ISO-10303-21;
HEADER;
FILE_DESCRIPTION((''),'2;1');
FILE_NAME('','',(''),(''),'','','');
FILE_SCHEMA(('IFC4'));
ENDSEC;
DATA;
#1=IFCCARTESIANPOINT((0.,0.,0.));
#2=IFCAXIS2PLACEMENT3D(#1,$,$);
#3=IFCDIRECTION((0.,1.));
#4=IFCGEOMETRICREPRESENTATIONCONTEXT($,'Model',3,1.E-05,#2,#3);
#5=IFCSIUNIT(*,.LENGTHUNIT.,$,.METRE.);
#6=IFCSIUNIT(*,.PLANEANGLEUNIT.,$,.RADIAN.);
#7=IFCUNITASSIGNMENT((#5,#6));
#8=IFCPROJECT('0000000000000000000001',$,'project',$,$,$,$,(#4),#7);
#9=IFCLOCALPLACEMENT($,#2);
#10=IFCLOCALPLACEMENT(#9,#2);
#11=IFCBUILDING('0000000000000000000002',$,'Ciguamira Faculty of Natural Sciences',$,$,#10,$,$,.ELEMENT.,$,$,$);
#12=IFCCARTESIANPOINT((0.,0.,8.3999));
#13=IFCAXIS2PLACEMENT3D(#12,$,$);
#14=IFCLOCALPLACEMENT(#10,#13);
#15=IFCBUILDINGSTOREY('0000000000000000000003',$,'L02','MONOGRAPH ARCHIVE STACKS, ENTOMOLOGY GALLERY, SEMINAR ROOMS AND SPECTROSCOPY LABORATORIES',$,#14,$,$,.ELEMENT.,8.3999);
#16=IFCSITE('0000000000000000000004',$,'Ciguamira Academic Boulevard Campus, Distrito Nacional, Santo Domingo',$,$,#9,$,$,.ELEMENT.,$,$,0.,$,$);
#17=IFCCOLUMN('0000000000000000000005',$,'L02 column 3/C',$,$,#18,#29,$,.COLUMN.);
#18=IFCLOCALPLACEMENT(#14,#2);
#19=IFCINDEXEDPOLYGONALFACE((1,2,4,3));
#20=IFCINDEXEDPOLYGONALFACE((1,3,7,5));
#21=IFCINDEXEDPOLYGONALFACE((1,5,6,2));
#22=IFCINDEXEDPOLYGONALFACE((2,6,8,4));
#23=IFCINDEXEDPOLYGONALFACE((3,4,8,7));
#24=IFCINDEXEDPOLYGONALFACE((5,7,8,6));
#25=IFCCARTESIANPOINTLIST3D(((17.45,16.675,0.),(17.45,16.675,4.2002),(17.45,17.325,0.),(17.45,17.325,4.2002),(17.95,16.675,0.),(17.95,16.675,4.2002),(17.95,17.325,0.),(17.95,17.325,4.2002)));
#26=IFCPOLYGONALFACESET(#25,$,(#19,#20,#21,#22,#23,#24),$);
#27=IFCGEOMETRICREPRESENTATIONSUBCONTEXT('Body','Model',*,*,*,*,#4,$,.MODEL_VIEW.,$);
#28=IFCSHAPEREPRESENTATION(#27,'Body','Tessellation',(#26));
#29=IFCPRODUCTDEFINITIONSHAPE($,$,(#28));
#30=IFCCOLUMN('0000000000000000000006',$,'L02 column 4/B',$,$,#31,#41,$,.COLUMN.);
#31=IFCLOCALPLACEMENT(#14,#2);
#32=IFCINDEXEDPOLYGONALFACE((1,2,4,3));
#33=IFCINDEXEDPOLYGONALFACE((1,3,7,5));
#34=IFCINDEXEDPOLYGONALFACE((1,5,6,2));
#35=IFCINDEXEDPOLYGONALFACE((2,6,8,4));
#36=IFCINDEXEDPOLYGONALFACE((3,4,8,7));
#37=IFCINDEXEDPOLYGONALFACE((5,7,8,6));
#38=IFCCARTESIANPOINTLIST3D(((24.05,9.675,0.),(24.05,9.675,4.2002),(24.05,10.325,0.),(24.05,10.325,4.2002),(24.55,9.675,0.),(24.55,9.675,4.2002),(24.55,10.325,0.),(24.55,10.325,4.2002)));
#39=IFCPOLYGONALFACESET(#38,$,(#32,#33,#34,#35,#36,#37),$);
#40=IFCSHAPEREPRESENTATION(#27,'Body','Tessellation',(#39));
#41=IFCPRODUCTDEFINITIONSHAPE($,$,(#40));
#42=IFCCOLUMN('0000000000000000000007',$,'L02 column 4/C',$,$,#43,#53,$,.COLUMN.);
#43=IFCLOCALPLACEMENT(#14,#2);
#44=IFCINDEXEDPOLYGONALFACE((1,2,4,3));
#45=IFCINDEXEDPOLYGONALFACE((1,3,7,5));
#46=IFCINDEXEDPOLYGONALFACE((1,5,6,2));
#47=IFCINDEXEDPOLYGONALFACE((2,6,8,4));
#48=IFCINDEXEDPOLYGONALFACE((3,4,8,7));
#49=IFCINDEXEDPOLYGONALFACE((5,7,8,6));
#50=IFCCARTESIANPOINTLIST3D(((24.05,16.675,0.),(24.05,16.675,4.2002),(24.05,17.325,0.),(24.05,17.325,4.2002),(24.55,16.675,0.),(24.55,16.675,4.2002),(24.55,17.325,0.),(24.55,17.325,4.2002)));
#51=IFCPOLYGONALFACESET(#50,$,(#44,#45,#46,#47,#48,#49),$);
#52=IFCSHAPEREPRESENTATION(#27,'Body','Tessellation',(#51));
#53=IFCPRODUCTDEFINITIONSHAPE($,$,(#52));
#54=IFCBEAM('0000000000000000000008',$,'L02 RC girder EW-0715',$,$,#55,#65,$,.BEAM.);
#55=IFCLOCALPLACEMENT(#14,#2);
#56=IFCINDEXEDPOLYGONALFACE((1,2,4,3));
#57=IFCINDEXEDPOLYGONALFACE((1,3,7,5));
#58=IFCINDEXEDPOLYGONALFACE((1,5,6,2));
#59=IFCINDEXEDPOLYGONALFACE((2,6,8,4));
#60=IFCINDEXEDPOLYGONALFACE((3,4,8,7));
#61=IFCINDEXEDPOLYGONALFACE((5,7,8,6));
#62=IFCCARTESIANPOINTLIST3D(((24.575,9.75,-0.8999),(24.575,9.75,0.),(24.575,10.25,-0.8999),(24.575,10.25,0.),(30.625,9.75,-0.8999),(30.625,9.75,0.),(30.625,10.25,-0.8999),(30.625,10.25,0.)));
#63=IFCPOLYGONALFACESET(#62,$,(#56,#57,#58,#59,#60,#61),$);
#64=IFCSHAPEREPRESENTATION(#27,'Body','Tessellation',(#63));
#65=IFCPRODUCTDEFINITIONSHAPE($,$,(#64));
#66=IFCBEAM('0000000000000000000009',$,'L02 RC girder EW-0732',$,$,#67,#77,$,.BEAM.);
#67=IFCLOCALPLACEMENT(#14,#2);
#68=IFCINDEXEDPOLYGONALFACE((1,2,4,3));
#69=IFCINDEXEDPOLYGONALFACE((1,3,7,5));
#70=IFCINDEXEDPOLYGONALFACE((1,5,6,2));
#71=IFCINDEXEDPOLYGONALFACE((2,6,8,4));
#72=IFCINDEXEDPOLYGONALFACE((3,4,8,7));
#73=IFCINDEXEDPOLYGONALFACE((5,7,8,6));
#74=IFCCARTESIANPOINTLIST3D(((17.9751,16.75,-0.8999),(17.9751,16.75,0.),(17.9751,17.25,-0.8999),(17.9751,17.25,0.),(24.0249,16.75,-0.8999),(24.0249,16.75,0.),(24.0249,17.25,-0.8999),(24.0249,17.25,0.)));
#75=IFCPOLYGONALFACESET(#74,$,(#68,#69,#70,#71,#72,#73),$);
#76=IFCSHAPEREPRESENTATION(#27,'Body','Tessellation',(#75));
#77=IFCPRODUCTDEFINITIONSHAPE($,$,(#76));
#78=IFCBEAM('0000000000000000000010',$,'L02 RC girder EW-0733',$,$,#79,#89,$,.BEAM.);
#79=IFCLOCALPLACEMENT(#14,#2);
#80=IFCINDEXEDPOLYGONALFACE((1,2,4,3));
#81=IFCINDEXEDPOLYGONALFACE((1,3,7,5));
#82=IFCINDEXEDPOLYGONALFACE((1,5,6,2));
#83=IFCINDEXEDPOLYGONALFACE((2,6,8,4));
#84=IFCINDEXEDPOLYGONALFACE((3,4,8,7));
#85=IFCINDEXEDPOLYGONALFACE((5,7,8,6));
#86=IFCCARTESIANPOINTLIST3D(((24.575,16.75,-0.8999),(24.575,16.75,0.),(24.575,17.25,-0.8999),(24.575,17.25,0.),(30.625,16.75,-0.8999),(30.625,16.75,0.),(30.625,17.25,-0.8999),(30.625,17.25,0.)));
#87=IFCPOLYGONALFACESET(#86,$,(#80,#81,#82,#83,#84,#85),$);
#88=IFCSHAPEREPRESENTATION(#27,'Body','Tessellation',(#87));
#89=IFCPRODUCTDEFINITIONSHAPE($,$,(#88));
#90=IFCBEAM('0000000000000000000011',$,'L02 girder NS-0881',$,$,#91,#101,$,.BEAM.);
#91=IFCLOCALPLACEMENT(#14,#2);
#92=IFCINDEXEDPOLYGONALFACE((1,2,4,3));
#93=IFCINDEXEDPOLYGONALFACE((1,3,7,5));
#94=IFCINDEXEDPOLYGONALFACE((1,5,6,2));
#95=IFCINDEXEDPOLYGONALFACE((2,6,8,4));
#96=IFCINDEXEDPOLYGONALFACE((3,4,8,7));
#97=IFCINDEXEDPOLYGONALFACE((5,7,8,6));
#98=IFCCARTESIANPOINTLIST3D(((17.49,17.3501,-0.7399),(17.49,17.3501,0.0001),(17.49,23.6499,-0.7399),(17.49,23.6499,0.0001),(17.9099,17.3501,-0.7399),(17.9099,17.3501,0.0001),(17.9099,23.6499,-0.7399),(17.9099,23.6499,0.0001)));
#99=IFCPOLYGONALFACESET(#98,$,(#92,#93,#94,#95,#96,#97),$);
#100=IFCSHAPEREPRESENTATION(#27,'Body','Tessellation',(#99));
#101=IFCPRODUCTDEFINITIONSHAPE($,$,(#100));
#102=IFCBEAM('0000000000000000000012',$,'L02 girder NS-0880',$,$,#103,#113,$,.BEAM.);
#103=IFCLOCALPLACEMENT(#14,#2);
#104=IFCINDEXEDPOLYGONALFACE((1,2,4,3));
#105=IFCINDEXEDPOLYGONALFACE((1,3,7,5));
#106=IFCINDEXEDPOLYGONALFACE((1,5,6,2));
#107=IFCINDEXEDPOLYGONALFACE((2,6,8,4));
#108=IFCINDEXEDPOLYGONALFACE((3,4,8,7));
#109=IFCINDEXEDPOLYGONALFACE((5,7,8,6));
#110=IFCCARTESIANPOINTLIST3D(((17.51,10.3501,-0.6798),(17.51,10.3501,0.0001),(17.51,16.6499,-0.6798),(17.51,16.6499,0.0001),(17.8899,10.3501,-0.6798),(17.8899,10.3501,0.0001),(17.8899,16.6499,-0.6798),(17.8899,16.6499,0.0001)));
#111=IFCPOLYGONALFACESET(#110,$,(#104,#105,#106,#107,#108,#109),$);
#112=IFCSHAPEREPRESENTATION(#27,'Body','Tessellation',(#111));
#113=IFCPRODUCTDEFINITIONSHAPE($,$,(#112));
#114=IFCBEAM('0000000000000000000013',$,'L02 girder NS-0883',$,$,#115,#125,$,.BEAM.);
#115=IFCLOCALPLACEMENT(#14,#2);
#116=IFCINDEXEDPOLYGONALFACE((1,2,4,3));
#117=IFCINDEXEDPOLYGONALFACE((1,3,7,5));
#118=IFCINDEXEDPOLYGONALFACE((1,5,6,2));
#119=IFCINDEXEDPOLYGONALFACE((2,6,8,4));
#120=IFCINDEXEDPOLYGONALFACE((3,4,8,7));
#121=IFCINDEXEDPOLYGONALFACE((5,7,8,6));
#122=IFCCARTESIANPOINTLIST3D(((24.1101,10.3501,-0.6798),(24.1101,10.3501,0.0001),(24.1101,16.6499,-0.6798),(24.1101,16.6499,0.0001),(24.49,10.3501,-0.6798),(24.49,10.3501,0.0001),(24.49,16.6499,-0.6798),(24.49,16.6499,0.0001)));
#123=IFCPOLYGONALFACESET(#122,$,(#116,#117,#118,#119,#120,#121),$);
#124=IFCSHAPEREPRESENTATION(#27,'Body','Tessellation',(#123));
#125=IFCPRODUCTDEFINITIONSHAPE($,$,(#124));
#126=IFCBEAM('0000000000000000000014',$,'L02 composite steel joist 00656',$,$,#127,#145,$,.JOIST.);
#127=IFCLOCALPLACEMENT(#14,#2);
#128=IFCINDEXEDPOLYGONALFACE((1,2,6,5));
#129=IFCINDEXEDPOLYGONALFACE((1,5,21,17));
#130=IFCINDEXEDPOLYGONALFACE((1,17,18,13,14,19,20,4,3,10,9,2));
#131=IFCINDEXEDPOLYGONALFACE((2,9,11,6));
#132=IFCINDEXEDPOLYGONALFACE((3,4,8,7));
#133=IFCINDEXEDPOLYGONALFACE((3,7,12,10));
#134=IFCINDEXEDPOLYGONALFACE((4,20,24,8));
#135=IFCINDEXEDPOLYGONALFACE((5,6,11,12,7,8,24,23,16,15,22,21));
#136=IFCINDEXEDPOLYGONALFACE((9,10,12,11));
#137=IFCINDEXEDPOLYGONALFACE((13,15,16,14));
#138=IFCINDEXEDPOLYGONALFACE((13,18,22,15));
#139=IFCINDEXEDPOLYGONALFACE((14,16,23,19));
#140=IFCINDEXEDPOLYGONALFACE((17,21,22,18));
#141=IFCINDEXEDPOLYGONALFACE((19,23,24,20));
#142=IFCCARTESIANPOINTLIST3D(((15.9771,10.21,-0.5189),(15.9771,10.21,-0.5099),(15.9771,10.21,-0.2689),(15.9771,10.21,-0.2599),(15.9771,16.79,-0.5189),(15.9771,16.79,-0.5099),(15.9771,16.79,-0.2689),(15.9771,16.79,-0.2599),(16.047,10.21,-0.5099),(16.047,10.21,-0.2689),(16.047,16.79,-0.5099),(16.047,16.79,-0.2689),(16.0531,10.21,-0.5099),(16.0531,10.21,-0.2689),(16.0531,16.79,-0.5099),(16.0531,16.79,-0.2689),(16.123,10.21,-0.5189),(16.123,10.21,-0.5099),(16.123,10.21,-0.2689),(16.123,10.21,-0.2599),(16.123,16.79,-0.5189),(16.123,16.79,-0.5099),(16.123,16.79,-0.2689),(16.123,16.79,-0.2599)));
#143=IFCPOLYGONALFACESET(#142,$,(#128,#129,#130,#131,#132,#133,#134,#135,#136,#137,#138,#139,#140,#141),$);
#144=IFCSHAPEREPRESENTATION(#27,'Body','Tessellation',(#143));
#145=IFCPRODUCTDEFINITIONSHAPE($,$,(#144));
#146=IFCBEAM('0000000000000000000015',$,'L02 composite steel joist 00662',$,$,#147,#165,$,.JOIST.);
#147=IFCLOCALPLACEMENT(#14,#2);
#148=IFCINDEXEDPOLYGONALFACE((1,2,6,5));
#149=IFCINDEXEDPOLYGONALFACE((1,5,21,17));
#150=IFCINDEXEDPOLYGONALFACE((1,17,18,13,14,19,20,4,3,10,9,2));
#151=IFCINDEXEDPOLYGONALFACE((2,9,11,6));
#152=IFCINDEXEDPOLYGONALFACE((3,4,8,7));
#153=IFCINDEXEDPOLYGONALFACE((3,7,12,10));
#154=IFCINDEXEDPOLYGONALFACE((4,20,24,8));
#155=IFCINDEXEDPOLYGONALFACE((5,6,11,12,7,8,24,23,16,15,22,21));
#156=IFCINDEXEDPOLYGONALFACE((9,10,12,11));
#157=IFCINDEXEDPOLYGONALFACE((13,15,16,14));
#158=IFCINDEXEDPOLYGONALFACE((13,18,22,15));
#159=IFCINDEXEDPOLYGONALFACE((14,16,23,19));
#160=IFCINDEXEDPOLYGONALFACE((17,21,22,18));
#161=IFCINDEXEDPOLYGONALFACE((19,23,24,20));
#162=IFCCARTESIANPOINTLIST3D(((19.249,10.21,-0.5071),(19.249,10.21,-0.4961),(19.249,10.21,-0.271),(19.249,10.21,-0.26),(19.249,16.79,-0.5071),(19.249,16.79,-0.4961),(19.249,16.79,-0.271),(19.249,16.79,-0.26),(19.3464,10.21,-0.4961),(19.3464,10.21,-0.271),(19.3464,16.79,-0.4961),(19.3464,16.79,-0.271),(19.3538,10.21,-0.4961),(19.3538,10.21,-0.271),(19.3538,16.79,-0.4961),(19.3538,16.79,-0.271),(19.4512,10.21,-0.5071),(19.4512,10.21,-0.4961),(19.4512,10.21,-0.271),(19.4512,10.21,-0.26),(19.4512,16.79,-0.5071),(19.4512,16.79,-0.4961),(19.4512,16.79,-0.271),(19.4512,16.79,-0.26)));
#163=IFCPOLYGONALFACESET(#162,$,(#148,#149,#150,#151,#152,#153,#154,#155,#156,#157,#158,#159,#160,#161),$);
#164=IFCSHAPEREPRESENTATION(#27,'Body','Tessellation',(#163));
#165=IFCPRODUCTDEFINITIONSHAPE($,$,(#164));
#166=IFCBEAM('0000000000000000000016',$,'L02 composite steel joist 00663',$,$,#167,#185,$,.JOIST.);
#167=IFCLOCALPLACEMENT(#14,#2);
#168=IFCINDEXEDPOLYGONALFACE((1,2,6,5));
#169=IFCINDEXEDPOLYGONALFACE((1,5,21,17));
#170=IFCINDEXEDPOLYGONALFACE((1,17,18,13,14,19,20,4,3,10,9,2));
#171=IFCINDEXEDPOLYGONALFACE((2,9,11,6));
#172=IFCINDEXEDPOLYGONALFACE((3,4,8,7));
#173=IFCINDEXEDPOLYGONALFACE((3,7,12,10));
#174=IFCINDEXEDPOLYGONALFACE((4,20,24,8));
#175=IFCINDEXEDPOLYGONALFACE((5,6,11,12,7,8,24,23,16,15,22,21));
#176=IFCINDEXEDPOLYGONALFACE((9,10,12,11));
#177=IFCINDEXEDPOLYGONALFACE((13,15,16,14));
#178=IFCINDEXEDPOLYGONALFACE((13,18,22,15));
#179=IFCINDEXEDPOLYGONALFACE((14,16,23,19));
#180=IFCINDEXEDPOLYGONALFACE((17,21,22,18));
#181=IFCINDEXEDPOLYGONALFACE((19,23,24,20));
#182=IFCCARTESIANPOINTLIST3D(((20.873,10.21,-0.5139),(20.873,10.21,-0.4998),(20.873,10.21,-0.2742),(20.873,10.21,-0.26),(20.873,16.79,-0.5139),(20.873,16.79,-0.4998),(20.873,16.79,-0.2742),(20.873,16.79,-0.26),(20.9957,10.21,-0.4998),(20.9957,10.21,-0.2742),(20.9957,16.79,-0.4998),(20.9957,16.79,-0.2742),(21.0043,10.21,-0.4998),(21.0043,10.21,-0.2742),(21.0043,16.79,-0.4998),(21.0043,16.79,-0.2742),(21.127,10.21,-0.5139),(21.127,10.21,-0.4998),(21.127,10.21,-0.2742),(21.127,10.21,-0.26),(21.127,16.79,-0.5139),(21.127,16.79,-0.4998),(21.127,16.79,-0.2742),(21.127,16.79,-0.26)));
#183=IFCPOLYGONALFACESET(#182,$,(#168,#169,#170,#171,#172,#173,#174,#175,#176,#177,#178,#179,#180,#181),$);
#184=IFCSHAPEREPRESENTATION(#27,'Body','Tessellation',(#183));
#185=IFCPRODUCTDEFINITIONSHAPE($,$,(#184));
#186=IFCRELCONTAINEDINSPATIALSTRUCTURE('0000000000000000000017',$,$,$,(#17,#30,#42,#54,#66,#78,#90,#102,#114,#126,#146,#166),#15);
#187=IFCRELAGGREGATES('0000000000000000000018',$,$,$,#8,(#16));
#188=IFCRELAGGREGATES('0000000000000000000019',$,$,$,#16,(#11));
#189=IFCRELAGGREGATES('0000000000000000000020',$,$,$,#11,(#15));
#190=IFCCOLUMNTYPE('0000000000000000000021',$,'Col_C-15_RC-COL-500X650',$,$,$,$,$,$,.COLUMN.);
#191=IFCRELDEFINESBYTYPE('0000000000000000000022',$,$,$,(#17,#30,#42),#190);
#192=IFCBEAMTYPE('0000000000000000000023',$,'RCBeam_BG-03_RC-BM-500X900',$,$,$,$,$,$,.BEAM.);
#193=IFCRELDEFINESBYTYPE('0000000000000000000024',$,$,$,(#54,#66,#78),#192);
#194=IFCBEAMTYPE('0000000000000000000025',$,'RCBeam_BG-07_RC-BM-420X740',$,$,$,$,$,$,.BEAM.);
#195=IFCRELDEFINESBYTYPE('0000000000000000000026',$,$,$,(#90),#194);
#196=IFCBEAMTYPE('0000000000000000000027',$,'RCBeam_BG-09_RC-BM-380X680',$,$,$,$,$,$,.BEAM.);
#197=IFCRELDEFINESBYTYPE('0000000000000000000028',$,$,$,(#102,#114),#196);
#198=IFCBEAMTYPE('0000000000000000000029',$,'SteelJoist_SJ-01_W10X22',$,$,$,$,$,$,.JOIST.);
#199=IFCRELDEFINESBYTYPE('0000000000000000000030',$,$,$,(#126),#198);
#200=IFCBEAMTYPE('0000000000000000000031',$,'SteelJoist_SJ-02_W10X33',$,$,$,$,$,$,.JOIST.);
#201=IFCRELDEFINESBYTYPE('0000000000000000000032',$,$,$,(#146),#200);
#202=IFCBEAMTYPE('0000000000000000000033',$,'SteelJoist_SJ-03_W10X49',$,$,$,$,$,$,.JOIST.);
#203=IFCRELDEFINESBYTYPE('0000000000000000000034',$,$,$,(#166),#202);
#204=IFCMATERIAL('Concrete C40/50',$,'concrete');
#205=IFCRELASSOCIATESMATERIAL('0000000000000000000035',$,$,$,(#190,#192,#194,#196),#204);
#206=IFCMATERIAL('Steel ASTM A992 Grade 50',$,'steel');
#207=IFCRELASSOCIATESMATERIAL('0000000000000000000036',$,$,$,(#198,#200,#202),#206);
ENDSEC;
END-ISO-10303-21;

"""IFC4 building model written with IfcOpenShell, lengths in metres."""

from ifc_helpers import new_model, si_unit, direction, frame, origin, origin_2d, place, context, subcontext, project, spatial, rectangle, i_section, extrude, material, material_profile, profile_set, type_object, element, save


model = new_model("IFC4")

# Units and contexts
model_context = context("Model", 3, precision=1e-05, world=origin(), true_north=direction((0.0, 1.0)))
body_context = subcontext(model_context, "Body", "Model", "MODEL_VIEW")
ifc_project = project(units=[si_unit("LENGTHUNIT", "METRE"), si_unit("PLANEANGLEUNIT", "RADIAN")], contexts=[model_context])

# Site, building, storey
site_placement = place(None, origin())
site = spatial("IfcSite", under=ifc_project, at=site_placement, Name="Ciguamira Academic Boulevard Campus, Distrito Nacional, Santo Domingo", CompositionType="ELEMENT", RefElevation=0.0)
building_placement = place(site_placement, origin())
building = spatial("IfcBuilding", under=site, at=building_placement, Name="Ciguamira Faculty of Natural Sciences", CompositionType="ELEMENT")
storey_placement = place(building_placement, frame((0.0, 0.0, 8.3999)))
storey = spatial("IfcBuildingStorey", under=building, at=storey_placement, Name="L02", Description="MONOGRAPH ARCHIVE STACKS, ENTOMOLOGY GALLERY, SEMINAR ROOMS AND SPECTROSCOPY LABORATORIES", CompositionType="ELEMENT", Elevation=8.3999)

# Columns
ifc_material_1 = material(Name="Concrete C40/50", Category="concrete")
ifc_material_profile_1 = material_profile(ifc_material_1, rectangle(XDim=0.5, YDim=0.6499, at=origin_2d()), Name="RC-COL-500X650")
ifc_profile_set_1 = profile_set([ifc_material_profile_1], Name="Concrete C40/50")
column_type = type_object("IfcColumnType", Name="Col_C-15_RC-COL-500X650", PredefinedType="COLUMN", material=ifc_profile_set_1)
for number, where, z_axis, x_axis, name in (
    (1, (17.7, 17.0, 0.0), (0.0, 0.0, 1.0), (1.0, 0.0, 0.0), "L02 column 3/C"),
    (2, (24.3, 10.0, 0.0), (0.0, 0.0, 1.0), (1.0, 0.0, 0.0), "L02 column 4/B"),
    (3, (24.3, 17.0, 0.0), (0.0, 0.0, 1.0), (1.0, 0.0, 0.0), "L02 column 4/C"),
):
    element("IfcColumn", number, at=place(storey_placement, frame(where, z_axis=z_axis, x_axis=x_axis)), inside=storey, type_object=column_type, Name=name, PredefinedType="COLUMN", context=body_context, shape_type="SweptSolid", body=[
        extrude(rectangle(XDim=0.5, YDim=0.6499, at=origin_2d()), origin(), (0.0, 0.0, 1.0), 4.2002),
    ])

# Beams
ifc_material_profile_2 = material_profile(ifc_material_1, rectangle(XDim=0.5, YDim=0.8999, at=origin_2d()), Name="RC-BM-500X900")
ifc_profile_set_2 = profile_set([ifc_material_profile_2], Name="Concrete C40/50")
beam_type_1 = type_object("IfcBeamType", Name="RCBeam_BG-03_RC-BM-500X900", PredefinedType="BEAM", material=ifc_profile_set_2)
beam_1_placement = place(storey_placement, frame((24.575, 10.0, -0.45), z_axis=(1.0, 0.0, 0.0), x_axis=(0.0, 1.0, 0.0)))
element("IfcBeam", 4, at=beam_1_placement, inside=storey, type_object=beam_type_1, Name="L02 RC girder EW-0715", PredefinedType="BEAM", context=body_context, shape_type="SweptSolid", body=[
    extrude(rectangle(XDim=0.5, YDim=0.8999, at=origin_2d()), origin(), (0.0, 0.0, 1.0), 6.05),
])
beam_2_placement = place(storey_placement, frame((17.9751, 17.0, -0.45), z_axis=(1.0, 0.0, 0.0), x_axis=(0.0, 1.0, 0.0)))
element("IfcBeam", 5, at=beam_2_placement, inside=storey, type_object=beam_type_1, Name="L02 RC girder EW-0732", PredefinedType="BEAM", context=body_context, shape_type="SweptSolid", body=[
    extrude(rectangle(XDim=0.5, YDim=0.8999, at=origin_2d()), origin(), (0.0, 0.0, 1.0), 6.0498),
])
beam_3_placement = place(storey_placement, frame((24.575, 17.0, -0.45), z_axis=(1.0, 0.0, 0.0), x_axis=(0.0, 1.0, 0.0)))
element("IfcBeam", 6, at=beam_3_placement, inside=storey, type_object=beam_type_1, Name="L02 RC girder EW-0733", PredefinedType="BEAM", context=body_context, shape_type="SweptSolid", body=[
    extrude(rectangle(XDim=0.5, YDim=0.8999, at=origin_2d()), origin(), (0.0, 0.0, 1.0), 6.05),
])
ifc_material_profile_3 = material_profile(ifc_material_1, rectangle(XDim=0.4199, YDim=0.74, at=origin_2d()), Name="RC-BM-420X740")
ifc_profile_set_3 = profile_set([ifc_material_profile_3], Name="Concrete C40/50")
beam_type_2 = type_object("IfcBeamType", Name="RCBeam_BG-07_RC-BM-420X740", PredefinedType="BEAM", material=ifc_profile_set_3)
beam_4_placement = place(storey_placement, frame((17.7, 17.3501, -0.3699), z_axis=(0.0, 1.0, 0.0), x_axis=(-1.0, 0.0, 0.0)))
element("IfcBeam", 7, at=beam_4_placement, inside=storey, type_object=beam_type_2, Name="L02 girder NS-0881", PredefinedType="BEAM", context=body_context, shape_type="SweptSolid", body=[
    extrude(rectangle(XDim=0.4199, YDim=0.74, at=origin_2d()), origin(), (0.0, 0.0, 1.0), 6.2998),
])
ifc_material_profile_4 = material_profile(ifc_material_1, rectangle(XDim=0.3799, YDim=0.6799, at=origin_2d()), Name="RC-BM-380X680")
ifc_profile_set_4 = profile_set([ifc_material_profile_4], Name="Concrete C40/50")
beam_type_3 = type_object("IfcBeamType", Name="RCBeam_BG-09_RC-BM-380X680", PredefinedType="BEAM", material=ifc_profile_set_4)
for number, where, z_axis, x_axis, name in (
    (8, (17.7, 10.3501, -0.3398), (0.0, 1.0, 0.0), (-1.0, 0.0, 0.0), "L02 girder NS-0880"),
    (9, (24.3, 10.3501, -0.3398), (0.0, 1.0, 0.0), (-1.0, 0.0, 0.0), "L02 girder NS-0883"),
):
    element("IfcBeam", number, at=place(storey_placement, frame(where, z_axis=z_axis, x_axis=x_axis)), inside=storey, type_object=beam_type_3, Name=name, PredefinedType="BEAM", context=body_context, shape_type="SweptSolid", body=[
        extrude(rectangle(XDim=0.3799, YDim=0.6799, at=origin_2d()), origin(), (0.0, 0.0, 1.0), 6.2998),
    ])
ifc_material_2 = material(Name="Steel ASTM A992 Grade 50", Category="steel")
ifc_material_profile_5 = material_profile(ifc_material_2, i_section(OverallWidth=0.146, OverallDepth=0.259, WebThickness=0.0061, FlangeThickness=0.009, at=origin_2d()), Name="W10X22")
ifc_profile_set_5 = profile_set([ifc_material_profile_5], Name="Steel ASTM A992 Grade 50")
beam_type_4 = type_object("IfcBeamType", Name="SteelJoist_SJ-01_W10X22", PredefinedType="JOIST", material=ifc_profile_set_5)
beam_5_placement = place(storey_placement, frame((16.05, 10.21, -0.3894), z_axis=(0.0, 1.0, 0.0), x_axis=(-1.0, 0.0, 0.0)))
element("IfcBeam", 10, at=beam_5_placement, inside=storey, type_object=beam_type_4, Name="L02 composite steel joist 00656", PredefinedType="JOIST", context=body_context, shape_type="SweptSolid", body=[
    extrude(i_section(OverallWidth=0.146, OverallDepth=0.259, WebThickness=0.0061, FlangeThickness=0.009, at=origin_2d()), origin(), (0.0, 0.0, 1.0), 6.5801),
])
ifc_material_profile_6 = material_profile(ifc_material_2, i_section(OverallWidth=0.2021, OverallDepth=0.2471, WebThickness=0.0073, FlangeThickness=0.011, at=origin_2d()), Name="W10X33")
ifc_profile_set_6 = profile_set([ifc_material_profile_6], Name="Steel ASTM A992 Grade 50")
beam_type_5 = type_object("IfcBeamType", Name="SteelJoist_SJ-02_W10X33", PredefinedType="JOIST", material=ifc_profile_set_6)
beam_6_placement = place(storey_placement, frame((19.3501, 10.21, -0.3835), z_axis=(0.0, 1.0, 0.0), x_axis=(-1.0, 0.0, 0.0)))
element("IfcBeam", 11, at=beam_6_placement, inside=storey, type_object=beam_type_5, Name="L02 composite steel joist 00662", PredefinedType="JOIST", context=body_context, shape_type="SweptSolid", body=[
    extrude(i_section(OverallWidth=0.2021, OverallDepth=0.2471, WebThickness=0.0073, FlangeThickness=0.011, at=origin_2d()), origin(), (0.0, 0.0, 1.0), 6.5801),
])
ifc_material_profile_7 = material_profile(ifc_material_2, i_section(OverallWidth=0.2539, OverallDepth=0.2539, WebThickness=0.0085, FlangeThickness=0.0142, at=origin_2d()), Name="W10X49")
ifc_profile_set_7 = profile_set([ifc_material_profile_7], Name="Steel ASTM A992 Grade 50")
beam_type_6 = type_object("IfcBeamType", Name="SteelJoist_SJ-03_W10X49", PredefinedType="JOIST", material=ifc_profile_set_7)
beam_7_placement = place(storey_placement, frame((21.0, 10.21, -0.387), z_axis=(0.0, 1.0, 0.0), x_axis=(-1.0, 0.0, 0.0)))
element("IfcBeam", 12, at=beam_7_placement, inside=storey, type_object=beam_type_6, Name="L02 composite steel joist 00663", PredefinedType="JOIST", context=body_context, shape_type="SweptSolid", body=[
    extrude(i_section(OverallWidth=0.2539, OverallDepth=0.2539, WebThickness=0.0085, FlangeThickness=0.0142, at=origin_2d()), origin(), (0.0, 0.0, 1.0), 6.5801),
])

save(model, "model.ifc")
